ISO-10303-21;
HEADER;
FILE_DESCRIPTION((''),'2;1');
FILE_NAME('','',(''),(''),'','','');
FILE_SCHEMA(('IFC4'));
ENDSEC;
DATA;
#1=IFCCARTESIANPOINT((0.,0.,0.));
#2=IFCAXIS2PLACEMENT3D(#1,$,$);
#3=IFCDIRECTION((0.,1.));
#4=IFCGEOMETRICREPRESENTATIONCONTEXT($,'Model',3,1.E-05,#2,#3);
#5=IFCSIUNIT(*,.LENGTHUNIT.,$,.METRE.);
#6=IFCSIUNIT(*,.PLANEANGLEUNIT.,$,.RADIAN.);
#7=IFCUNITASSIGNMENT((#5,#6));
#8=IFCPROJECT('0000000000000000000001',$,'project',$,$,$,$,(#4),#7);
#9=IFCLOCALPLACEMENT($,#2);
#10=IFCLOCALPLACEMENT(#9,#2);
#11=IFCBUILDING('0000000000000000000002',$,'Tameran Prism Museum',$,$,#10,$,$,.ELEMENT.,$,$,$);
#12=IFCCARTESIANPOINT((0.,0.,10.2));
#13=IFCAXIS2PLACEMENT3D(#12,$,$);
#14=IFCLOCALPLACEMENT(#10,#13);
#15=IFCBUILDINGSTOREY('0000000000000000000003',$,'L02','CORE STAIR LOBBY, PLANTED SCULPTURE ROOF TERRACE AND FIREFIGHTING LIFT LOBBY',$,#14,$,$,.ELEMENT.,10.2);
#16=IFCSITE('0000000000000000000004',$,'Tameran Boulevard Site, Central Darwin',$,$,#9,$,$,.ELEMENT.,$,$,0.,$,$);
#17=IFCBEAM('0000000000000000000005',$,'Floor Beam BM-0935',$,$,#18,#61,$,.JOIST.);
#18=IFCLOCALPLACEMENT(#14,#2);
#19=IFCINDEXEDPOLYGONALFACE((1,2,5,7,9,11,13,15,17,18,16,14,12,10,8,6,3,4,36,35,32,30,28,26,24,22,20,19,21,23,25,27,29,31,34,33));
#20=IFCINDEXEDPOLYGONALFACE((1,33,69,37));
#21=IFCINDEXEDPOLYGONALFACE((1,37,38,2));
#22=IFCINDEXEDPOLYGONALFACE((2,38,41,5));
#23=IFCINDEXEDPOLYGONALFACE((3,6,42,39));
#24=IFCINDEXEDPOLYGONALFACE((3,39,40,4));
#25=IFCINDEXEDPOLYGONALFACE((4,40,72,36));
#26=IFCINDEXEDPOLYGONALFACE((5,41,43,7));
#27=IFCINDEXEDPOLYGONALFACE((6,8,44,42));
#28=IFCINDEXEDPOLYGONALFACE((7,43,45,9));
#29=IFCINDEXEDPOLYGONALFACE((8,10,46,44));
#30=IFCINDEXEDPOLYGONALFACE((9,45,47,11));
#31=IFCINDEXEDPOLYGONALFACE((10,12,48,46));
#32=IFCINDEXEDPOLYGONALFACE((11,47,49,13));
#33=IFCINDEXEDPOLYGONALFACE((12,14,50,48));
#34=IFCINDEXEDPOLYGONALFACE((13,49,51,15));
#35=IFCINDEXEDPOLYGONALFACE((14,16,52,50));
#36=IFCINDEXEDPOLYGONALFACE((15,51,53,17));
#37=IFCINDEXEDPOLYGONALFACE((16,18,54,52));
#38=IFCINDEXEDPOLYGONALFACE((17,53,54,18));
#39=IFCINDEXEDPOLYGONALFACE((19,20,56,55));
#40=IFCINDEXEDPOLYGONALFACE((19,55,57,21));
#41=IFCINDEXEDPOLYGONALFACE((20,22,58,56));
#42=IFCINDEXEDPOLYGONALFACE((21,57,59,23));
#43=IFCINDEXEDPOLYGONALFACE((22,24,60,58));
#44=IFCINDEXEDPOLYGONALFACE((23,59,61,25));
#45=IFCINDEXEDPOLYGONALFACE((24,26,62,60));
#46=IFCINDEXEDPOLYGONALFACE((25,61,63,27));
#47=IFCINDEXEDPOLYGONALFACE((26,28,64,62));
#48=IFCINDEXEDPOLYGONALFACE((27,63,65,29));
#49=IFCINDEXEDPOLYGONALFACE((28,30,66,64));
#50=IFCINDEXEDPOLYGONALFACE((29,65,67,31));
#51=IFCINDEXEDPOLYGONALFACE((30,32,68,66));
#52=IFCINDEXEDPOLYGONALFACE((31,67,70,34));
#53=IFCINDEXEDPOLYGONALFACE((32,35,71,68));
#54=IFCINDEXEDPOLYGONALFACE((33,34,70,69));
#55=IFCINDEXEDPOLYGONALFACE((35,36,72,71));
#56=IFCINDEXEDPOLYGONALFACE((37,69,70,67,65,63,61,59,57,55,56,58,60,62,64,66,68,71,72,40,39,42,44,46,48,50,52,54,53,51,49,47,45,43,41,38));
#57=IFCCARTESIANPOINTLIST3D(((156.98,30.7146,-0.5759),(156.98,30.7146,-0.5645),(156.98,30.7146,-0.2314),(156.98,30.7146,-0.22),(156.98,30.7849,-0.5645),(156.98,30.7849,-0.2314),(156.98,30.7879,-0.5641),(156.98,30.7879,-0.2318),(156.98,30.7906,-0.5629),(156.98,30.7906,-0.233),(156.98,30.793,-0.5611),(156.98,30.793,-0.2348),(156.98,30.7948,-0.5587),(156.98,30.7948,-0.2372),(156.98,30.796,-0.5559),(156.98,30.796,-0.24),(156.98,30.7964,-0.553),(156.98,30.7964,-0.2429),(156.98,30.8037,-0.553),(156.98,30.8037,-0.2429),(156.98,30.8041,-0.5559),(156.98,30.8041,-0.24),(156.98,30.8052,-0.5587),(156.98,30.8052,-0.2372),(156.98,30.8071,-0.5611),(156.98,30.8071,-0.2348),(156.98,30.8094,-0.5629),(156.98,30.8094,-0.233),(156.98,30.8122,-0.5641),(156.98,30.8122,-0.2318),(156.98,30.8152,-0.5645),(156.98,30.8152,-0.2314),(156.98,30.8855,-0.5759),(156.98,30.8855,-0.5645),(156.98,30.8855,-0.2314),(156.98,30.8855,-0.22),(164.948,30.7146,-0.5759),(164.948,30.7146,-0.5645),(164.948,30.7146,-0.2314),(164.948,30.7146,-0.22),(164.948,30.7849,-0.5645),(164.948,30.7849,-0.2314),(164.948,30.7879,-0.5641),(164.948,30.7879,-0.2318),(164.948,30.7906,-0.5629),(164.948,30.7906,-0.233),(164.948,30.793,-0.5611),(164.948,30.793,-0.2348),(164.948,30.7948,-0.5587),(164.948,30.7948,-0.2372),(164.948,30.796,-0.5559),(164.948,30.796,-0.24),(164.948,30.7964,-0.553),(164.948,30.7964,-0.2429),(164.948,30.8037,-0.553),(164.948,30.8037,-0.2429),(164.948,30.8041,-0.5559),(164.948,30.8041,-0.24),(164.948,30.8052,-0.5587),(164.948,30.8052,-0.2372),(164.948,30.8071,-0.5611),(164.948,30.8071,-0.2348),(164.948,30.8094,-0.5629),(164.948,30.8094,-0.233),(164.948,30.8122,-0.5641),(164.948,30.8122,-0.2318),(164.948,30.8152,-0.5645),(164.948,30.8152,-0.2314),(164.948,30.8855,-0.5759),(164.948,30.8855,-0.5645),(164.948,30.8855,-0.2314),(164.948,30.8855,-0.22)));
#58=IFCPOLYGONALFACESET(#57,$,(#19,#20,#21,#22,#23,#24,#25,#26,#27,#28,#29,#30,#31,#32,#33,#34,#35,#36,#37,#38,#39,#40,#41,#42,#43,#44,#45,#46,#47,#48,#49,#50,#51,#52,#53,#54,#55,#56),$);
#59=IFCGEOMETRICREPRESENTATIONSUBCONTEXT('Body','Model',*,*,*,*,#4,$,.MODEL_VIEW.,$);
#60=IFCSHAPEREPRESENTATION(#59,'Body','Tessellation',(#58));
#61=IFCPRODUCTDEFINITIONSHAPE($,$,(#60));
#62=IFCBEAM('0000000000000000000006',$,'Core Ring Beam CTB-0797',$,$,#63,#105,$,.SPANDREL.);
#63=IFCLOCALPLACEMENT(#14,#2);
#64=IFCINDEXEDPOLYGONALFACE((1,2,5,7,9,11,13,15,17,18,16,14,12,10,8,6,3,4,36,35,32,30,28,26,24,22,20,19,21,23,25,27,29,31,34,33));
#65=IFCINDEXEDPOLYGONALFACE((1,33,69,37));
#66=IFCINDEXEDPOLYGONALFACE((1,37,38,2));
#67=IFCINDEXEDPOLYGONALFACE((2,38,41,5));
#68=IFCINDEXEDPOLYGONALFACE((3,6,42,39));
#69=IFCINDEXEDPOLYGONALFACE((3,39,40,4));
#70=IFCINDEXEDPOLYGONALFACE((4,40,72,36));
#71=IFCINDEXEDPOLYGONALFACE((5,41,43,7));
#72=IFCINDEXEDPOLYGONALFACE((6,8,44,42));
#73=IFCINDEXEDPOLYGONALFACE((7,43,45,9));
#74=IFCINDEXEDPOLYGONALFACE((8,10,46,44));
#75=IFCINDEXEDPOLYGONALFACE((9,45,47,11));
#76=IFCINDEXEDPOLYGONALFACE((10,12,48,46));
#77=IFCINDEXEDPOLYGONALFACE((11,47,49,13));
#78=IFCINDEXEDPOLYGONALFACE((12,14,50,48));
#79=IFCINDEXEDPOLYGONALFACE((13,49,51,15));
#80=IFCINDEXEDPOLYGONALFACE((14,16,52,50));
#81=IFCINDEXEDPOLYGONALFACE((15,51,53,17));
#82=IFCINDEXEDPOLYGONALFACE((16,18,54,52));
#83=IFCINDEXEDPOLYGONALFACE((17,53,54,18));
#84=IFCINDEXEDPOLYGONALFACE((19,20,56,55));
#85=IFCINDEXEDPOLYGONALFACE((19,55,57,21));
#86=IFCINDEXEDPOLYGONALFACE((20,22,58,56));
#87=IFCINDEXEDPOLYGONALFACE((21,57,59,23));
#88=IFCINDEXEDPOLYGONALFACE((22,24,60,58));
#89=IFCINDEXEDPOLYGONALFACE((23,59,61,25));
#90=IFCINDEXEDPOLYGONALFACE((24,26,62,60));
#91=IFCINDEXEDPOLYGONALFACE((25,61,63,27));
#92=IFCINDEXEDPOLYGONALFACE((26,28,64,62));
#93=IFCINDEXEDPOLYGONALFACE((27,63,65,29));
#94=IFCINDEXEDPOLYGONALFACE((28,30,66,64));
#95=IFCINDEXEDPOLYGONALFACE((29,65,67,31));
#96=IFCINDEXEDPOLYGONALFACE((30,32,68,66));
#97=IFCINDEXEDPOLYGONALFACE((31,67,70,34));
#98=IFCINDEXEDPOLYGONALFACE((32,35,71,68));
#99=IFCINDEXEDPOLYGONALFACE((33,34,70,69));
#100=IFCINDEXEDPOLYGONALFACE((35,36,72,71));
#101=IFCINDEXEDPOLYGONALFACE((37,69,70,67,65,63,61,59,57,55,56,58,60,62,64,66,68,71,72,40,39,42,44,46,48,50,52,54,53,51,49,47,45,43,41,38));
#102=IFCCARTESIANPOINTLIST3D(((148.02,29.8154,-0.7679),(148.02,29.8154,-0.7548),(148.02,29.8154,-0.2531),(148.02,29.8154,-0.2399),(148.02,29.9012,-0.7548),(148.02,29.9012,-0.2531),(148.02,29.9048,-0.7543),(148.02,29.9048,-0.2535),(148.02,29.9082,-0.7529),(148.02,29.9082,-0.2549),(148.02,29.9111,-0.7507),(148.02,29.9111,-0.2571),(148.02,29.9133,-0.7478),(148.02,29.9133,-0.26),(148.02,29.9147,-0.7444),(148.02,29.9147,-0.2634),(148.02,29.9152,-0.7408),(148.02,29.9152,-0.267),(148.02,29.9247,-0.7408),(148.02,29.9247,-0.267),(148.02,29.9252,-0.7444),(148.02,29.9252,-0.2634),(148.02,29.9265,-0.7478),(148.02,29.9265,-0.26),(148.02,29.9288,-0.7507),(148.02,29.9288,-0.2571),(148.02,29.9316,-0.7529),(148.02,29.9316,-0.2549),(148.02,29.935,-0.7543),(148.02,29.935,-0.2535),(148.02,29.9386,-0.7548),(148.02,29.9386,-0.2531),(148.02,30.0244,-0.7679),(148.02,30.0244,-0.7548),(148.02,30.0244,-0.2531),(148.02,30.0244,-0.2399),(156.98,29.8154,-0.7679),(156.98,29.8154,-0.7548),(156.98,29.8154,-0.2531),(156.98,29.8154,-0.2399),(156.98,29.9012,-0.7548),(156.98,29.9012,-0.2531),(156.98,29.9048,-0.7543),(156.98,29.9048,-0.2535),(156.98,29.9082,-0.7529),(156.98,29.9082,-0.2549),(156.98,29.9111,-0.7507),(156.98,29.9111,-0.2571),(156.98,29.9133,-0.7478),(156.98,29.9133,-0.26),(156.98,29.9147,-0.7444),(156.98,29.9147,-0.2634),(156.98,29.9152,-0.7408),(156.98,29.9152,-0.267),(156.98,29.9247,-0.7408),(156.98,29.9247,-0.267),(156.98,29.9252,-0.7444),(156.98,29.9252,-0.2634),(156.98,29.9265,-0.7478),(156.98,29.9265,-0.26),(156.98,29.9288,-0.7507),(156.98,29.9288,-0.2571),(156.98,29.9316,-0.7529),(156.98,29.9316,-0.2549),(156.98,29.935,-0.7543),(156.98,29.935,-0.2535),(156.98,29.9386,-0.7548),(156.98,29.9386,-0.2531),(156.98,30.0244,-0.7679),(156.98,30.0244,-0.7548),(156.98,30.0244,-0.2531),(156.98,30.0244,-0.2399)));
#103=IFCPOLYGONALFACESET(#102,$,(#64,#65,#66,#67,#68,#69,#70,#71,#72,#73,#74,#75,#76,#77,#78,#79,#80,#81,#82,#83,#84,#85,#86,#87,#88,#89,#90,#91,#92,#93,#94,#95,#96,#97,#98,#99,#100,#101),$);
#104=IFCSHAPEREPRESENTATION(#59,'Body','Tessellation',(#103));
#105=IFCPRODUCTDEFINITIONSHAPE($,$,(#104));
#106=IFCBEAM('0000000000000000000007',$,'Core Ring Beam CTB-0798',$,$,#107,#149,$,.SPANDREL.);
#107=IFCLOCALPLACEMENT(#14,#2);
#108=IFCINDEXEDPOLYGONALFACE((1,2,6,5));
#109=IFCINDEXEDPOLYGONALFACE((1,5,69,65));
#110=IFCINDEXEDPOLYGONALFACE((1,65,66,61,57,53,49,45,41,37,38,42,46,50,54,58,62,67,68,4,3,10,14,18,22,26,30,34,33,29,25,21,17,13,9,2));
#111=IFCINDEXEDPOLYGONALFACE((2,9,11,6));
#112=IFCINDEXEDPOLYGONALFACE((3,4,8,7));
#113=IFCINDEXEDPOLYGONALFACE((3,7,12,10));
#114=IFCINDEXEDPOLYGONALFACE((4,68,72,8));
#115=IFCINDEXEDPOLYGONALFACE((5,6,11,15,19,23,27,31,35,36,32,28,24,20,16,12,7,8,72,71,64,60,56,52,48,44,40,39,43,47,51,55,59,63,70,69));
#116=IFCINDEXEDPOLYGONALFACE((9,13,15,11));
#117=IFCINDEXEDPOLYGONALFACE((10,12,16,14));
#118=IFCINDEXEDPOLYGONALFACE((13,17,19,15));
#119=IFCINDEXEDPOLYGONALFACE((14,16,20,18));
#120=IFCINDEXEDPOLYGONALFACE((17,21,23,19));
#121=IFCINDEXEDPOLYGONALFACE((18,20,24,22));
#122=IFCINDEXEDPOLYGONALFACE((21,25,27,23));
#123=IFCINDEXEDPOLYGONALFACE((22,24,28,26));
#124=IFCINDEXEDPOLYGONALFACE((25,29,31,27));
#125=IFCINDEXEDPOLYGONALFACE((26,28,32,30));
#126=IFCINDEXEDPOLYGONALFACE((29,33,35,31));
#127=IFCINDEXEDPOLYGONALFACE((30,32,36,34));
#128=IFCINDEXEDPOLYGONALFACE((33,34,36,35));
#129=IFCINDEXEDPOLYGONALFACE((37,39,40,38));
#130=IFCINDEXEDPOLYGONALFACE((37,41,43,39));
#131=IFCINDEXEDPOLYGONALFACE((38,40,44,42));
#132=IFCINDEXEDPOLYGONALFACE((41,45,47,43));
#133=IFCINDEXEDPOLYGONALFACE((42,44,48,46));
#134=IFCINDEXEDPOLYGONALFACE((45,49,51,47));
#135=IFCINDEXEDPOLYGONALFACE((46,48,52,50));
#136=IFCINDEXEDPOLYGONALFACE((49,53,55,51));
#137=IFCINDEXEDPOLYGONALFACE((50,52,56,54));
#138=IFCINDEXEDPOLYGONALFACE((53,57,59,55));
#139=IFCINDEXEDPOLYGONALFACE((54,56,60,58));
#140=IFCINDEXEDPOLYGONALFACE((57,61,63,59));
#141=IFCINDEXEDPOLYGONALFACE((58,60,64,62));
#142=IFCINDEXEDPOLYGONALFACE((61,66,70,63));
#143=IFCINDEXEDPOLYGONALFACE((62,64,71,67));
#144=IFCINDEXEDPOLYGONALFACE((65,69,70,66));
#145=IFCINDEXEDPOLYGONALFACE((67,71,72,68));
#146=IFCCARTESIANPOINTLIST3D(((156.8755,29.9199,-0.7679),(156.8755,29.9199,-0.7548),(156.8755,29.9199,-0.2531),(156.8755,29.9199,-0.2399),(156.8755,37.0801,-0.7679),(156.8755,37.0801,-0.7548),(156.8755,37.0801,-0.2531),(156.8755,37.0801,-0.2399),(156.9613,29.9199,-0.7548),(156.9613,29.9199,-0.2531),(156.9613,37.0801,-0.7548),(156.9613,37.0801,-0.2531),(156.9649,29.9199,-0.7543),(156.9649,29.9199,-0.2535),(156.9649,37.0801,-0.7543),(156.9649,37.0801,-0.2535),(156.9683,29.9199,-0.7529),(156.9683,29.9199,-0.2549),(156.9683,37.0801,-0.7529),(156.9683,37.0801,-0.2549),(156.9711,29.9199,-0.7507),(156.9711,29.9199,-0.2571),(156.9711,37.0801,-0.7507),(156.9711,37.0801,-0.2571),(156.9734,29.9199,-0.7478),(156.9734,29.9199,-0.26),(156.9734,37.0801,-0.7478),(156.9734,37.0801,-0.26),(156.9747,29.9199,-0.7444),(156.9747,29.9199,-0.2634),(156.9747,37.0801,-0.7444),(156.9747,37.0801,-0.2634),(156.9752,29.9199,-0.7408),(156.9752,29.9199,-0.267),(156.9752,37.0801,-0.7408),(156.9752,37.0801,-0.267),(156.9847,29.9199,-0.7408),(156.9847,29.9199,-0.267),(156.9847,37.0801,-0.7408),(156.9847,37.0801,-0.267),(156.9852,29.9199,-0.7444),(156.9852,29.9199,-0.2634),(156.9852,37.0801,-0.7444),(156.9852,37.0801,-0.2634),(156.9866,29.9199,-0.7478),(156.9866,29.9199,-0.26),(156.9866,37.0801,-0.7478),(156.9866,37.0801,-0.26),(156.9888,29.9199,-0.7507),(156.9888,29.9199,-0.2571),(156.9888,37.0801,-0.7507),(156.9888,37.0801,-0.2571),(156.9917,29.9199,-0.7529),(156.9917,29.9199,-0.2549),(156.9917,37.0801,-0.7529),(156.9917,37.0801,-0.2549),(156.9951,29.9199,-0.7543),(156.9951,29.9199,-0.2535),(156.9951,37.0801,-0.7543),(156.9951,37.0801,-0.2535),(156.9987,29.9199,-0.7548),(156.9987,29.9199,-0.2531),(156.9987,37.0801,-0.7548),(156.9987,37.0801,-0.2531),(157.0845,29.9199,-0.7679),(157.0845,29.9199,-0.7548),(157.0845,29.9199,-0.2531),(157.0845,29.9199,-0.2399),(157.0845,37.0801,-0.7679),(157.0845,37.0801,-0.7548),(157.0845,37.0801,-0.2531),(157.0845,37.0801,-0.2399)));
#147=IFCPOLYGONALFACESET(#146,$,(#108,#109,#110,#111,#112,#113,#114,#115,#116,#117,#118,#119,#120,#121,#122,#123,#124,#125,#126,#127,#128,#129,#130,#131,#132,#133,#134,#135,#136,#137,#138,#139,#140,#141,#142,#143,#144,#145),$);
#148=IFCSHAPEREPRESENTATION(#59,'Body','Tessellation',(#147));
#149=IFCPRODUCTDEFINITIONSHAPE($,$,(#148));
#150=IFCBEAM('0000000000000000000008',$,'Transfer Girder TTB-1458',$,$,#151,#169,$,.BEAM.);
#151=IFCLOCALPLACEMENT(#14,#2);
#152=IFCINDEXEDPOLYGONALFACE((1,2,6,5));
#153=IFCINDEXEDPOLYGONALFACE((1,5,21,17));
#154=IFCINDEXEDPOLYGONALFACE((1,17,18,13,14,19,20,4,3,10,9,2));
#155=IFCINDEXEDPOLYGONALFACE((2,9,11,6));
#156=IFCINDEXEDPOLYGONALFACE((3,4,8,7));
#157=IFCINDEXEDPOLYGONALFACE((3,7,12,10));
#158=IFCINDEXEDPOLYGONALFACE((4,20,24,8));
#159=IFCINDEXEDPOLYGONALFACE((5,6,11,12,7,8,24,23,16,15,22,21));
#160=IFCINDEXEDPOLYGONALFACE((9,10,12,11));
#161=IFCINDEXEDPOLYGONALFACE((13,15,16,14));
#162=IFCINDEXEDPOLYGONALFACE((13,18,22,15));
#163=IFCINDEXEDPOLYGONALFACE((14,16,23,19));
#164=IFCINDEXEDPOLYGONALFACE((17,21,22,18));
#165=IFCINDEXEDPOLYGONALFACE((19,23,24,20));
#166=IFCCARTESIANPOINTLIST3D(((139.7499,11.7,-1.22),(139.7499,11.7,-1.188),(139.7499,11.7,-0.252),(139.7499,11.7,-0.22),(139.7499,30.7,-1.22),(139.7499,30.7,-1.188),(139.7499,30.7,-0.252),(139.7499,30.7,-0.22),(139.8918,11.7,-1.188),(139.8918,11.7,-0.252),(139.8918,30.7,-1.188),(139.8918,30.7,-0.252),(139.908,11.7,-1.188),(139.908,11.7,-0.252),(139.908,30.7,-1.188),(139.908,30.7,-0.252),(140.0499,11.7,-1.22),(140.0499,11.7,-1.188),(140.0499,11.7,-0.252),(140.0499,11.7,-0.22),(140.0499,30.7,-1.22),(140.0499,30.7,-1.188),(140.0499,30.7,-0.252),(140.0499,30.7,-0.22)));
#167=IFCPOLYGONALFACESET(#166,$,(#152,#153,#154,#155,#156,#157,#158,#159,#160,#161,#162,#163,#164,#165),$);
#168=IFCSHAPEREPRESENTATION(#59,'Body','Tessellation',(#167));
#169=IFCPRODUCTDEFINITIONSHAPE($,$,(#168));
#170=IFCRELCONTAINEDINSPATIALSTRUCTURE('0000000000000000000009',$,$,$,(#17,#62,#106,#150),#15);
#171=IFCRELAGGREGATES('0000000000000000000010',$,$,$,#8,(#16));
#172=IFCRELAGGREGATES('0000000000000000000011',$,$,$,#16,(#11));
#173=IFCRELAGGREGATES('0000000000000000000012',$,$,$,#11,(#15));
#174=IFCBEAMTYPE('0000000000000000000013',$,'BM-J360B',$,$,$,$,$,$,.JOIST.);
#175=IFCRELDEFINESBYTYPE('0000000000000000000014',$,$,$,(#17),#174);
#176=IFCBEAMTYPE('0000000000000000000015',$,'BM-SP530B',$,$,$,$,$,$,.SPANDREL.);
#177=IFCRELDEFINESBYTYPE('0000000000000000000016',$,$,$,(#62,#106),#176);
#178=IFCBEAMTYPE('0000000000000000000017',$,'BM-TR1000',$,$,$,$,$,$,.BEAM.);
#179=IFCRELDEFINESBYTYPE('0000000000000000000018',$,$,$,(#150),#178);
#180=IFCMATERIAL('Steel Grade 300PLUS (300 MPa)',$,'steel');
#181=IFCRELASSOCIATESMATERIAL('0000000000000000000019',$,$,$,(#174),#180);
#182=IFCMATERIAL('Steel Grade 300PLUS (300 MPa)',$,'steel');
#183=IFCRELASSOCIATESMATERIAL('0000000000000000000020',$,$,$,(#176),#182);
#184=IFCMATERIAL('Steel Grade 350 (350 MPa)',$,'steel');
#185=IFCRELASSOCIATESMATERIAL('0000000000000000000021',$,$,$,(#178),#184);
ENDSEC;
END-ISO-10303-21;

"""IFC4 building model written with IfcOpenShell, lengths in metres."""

from ifc_helpers import new_model, si_unit, direction, frame, origin, origin_2d, place, context, subcontext, project, spatial, i_section, extrude, material, material_profile, profile_set, type_object, element, save


model = new_model("IFC4")

# Units and contexts
model_context = context("Model", 3, precision=1e-05, world=origin(), true_north=direction((0.0, 1.0)))
body_context = subcontext(model_context, "Body", "Model", "MODEL_VIEW")
ifc_project = project(units=[si_unit("LENGTHUNIT", "METRE"), si_unit("PLANEANGLEUNIT", "RADIAN")], contexts=[model_context])

# Site, building, storey
site_placement = place(None, origin())
site = spatial("IfcSite", under=ifc_project, at=site_placement, Name="Tameran Boulevard Site, Central Darwin", CompositionType="ELEMENT", RefElevation=0.0)
building_placement = place(site_placement, origin())
building = spatial("IfcBuilding", under=site, at=building_placement, Name="Tameran Prism Museum", CompositionType="ELEMENT")
storey_placement = place(building_placement, frame((0.0, 0.0, 10.2)))
storey = spatial("IfcBuildingStorey", under=building, at=storey_placement, Name="L02", Description="CORE STAIR LOBBY, PLANTED SCULPTURE ROOF TERRACE AND FIREFIGHTING LIFT LOBBY", CompositionType="ELEMENT", Elevation=10.2)

# Beams
ifc_material_1 = material(Name="Steel Grade 300PLUS (300 MPa)", Category="steel")
ifc_material_profile_1 = material_profile(ifc_material_1, i_section(OverallWidth=0.1709, OverallDepth=0.356, WebThickness=0.0073, FlangeThickness=0.0115, FilletRadius=0.0115, at=origin_2d()))
ifc_profile_set_1 = profile_set([ifc_material_profile_1])
beam_type_1 = type_object("IfcBeamType", Name="BM-J360B", PredefinedType="JOIST", material=ifc_profile_set_1)
beam_1_placement = place(storey_placement, frame((156.98, 30.8, -0.3979), z_axis=(1.0, 0.0, 0.0), x_axis=(0.0, 1.0, 0.0)))
element("IfcBeam", 1, at=beam_1_placement, inside=storey, type_object=beam_type_1, Name="Floor Beam BM-0935", PredefinedType="JOIST", context=body_context, shape_type="SweptSolid", body=[
    extrude(i_section(OverallWidth=0.1709, OverallDepth=0.356, WebThickness=0.0073, FlangeThickness=0.0115, FilletRadius=0.0115, at=origin_2d()), origin(), (0.0, 0.0, 1.0), 7.968),
])
ifc_material_2 = material(Name="Steel Grade 300PLUS (300 MPa)", Category="steel")
ifc_material_profile_2 = material_profile(ifc_material_2, i_section(OverallWidth=0.209, OverallDepth=0.5281, WebThickness=0.0095, FlangeThickness=0.0132, FilletRadius=0.0139, at=origin_2d()))
ifc_profile_set_2 = profile_set([ifc_material_profile_2])
beam_type_2 = type_object("IfcBeamType", Name="BM-SP530B", PredefinedType="SPANDREL", material=ifc_profile_set_2)
beam_2_placement = place(storey_placement, frame((148.02, 29.9199, -0.5039), z_axis=(1.0, 0.0, 0.0), x_axis=(0.0, 1.0, 0.0)))
element("IfcBeam", 2, at=beam_2_placement, inside=storey, type_object=beam_type_2, Name="Core Ring Beam CTB-0797", PredefinedType="SPANDREL", context=body_context, shape_type="SweptSolid", body=[
    extrude(i_section(OverallWidth=0.209, OverallDepth=0.5281, WebThickness=0.0095, FlangeThickness=0.0132, FilletRadius=0.0139, at=origin_2d()), origin(), (0.0, 0.0, 1.0), 8.96),
])
beam_3_placement = place(storey_placement, frame((156.98, 29.9199, -0.5039), z_axis=(0.0, 1.0, 0.0), x_axis=(-1.0, 0.0, 0.0)))
element("IfcBeam", 3, at=beam_3_placement, inside=storey, type_object=beam_type_2, Name="Core Ring Beam CTB-0798", PredefinedType="SPANDREL", context=body_context, shape_type="SweptSolid", body=[
    extrude(i_section(OverallWidth=0.209, OverallDepth=0.5281, WebThickness=0.0095, FlangeThickness=0.0132, FilletRadius=0.0139, at=origin_2d()), origin(), (0.0, 0.0, 1.0), 7.1602),
])
ifc_material_3 = material(Name="Steel Grade 350 (350 MPa)", Category="steel")
ifc_material_profile_3 = material_profile(ifc_material_3, i_section(OverallWidth=0.3, OverallDepth=1.0, WebThickness=0.0161, FlangeThickness=0.032, at=origin_2d()))
ifc_profile_set_3 = profile_set([ifc_material_profile_3])
beam_type_3 = type_object("IfcBeamType", Name="BM-TR1000", PredefinedType="BEAM", material=ifc_profile_set_3)
beam_4_placement = place(storey_placement, frame((139.8999, 30.7, -0.72), z_axis=(0.0, -1.0, 0.0), x_axis=(1.0, 0.0, 0.0)))
element("IfcBeam", 4, at=beam_4_placement, inside=storey, type_object=beam_type_3, Name="Transfer Girder TTB-1458", PredefinedType="BEAM", context=body_context, shape_type="SweptSolid", body=[
    extrude(i_section(OverallWidth=0.3, OverallDepth=1.0, WebThickness=0.0161, FlangeThickness=0.032, at=origin_2d()), origin(), (0.0, 0.0, 1.0), 19.0),
])

save(model, "model.ifc")
